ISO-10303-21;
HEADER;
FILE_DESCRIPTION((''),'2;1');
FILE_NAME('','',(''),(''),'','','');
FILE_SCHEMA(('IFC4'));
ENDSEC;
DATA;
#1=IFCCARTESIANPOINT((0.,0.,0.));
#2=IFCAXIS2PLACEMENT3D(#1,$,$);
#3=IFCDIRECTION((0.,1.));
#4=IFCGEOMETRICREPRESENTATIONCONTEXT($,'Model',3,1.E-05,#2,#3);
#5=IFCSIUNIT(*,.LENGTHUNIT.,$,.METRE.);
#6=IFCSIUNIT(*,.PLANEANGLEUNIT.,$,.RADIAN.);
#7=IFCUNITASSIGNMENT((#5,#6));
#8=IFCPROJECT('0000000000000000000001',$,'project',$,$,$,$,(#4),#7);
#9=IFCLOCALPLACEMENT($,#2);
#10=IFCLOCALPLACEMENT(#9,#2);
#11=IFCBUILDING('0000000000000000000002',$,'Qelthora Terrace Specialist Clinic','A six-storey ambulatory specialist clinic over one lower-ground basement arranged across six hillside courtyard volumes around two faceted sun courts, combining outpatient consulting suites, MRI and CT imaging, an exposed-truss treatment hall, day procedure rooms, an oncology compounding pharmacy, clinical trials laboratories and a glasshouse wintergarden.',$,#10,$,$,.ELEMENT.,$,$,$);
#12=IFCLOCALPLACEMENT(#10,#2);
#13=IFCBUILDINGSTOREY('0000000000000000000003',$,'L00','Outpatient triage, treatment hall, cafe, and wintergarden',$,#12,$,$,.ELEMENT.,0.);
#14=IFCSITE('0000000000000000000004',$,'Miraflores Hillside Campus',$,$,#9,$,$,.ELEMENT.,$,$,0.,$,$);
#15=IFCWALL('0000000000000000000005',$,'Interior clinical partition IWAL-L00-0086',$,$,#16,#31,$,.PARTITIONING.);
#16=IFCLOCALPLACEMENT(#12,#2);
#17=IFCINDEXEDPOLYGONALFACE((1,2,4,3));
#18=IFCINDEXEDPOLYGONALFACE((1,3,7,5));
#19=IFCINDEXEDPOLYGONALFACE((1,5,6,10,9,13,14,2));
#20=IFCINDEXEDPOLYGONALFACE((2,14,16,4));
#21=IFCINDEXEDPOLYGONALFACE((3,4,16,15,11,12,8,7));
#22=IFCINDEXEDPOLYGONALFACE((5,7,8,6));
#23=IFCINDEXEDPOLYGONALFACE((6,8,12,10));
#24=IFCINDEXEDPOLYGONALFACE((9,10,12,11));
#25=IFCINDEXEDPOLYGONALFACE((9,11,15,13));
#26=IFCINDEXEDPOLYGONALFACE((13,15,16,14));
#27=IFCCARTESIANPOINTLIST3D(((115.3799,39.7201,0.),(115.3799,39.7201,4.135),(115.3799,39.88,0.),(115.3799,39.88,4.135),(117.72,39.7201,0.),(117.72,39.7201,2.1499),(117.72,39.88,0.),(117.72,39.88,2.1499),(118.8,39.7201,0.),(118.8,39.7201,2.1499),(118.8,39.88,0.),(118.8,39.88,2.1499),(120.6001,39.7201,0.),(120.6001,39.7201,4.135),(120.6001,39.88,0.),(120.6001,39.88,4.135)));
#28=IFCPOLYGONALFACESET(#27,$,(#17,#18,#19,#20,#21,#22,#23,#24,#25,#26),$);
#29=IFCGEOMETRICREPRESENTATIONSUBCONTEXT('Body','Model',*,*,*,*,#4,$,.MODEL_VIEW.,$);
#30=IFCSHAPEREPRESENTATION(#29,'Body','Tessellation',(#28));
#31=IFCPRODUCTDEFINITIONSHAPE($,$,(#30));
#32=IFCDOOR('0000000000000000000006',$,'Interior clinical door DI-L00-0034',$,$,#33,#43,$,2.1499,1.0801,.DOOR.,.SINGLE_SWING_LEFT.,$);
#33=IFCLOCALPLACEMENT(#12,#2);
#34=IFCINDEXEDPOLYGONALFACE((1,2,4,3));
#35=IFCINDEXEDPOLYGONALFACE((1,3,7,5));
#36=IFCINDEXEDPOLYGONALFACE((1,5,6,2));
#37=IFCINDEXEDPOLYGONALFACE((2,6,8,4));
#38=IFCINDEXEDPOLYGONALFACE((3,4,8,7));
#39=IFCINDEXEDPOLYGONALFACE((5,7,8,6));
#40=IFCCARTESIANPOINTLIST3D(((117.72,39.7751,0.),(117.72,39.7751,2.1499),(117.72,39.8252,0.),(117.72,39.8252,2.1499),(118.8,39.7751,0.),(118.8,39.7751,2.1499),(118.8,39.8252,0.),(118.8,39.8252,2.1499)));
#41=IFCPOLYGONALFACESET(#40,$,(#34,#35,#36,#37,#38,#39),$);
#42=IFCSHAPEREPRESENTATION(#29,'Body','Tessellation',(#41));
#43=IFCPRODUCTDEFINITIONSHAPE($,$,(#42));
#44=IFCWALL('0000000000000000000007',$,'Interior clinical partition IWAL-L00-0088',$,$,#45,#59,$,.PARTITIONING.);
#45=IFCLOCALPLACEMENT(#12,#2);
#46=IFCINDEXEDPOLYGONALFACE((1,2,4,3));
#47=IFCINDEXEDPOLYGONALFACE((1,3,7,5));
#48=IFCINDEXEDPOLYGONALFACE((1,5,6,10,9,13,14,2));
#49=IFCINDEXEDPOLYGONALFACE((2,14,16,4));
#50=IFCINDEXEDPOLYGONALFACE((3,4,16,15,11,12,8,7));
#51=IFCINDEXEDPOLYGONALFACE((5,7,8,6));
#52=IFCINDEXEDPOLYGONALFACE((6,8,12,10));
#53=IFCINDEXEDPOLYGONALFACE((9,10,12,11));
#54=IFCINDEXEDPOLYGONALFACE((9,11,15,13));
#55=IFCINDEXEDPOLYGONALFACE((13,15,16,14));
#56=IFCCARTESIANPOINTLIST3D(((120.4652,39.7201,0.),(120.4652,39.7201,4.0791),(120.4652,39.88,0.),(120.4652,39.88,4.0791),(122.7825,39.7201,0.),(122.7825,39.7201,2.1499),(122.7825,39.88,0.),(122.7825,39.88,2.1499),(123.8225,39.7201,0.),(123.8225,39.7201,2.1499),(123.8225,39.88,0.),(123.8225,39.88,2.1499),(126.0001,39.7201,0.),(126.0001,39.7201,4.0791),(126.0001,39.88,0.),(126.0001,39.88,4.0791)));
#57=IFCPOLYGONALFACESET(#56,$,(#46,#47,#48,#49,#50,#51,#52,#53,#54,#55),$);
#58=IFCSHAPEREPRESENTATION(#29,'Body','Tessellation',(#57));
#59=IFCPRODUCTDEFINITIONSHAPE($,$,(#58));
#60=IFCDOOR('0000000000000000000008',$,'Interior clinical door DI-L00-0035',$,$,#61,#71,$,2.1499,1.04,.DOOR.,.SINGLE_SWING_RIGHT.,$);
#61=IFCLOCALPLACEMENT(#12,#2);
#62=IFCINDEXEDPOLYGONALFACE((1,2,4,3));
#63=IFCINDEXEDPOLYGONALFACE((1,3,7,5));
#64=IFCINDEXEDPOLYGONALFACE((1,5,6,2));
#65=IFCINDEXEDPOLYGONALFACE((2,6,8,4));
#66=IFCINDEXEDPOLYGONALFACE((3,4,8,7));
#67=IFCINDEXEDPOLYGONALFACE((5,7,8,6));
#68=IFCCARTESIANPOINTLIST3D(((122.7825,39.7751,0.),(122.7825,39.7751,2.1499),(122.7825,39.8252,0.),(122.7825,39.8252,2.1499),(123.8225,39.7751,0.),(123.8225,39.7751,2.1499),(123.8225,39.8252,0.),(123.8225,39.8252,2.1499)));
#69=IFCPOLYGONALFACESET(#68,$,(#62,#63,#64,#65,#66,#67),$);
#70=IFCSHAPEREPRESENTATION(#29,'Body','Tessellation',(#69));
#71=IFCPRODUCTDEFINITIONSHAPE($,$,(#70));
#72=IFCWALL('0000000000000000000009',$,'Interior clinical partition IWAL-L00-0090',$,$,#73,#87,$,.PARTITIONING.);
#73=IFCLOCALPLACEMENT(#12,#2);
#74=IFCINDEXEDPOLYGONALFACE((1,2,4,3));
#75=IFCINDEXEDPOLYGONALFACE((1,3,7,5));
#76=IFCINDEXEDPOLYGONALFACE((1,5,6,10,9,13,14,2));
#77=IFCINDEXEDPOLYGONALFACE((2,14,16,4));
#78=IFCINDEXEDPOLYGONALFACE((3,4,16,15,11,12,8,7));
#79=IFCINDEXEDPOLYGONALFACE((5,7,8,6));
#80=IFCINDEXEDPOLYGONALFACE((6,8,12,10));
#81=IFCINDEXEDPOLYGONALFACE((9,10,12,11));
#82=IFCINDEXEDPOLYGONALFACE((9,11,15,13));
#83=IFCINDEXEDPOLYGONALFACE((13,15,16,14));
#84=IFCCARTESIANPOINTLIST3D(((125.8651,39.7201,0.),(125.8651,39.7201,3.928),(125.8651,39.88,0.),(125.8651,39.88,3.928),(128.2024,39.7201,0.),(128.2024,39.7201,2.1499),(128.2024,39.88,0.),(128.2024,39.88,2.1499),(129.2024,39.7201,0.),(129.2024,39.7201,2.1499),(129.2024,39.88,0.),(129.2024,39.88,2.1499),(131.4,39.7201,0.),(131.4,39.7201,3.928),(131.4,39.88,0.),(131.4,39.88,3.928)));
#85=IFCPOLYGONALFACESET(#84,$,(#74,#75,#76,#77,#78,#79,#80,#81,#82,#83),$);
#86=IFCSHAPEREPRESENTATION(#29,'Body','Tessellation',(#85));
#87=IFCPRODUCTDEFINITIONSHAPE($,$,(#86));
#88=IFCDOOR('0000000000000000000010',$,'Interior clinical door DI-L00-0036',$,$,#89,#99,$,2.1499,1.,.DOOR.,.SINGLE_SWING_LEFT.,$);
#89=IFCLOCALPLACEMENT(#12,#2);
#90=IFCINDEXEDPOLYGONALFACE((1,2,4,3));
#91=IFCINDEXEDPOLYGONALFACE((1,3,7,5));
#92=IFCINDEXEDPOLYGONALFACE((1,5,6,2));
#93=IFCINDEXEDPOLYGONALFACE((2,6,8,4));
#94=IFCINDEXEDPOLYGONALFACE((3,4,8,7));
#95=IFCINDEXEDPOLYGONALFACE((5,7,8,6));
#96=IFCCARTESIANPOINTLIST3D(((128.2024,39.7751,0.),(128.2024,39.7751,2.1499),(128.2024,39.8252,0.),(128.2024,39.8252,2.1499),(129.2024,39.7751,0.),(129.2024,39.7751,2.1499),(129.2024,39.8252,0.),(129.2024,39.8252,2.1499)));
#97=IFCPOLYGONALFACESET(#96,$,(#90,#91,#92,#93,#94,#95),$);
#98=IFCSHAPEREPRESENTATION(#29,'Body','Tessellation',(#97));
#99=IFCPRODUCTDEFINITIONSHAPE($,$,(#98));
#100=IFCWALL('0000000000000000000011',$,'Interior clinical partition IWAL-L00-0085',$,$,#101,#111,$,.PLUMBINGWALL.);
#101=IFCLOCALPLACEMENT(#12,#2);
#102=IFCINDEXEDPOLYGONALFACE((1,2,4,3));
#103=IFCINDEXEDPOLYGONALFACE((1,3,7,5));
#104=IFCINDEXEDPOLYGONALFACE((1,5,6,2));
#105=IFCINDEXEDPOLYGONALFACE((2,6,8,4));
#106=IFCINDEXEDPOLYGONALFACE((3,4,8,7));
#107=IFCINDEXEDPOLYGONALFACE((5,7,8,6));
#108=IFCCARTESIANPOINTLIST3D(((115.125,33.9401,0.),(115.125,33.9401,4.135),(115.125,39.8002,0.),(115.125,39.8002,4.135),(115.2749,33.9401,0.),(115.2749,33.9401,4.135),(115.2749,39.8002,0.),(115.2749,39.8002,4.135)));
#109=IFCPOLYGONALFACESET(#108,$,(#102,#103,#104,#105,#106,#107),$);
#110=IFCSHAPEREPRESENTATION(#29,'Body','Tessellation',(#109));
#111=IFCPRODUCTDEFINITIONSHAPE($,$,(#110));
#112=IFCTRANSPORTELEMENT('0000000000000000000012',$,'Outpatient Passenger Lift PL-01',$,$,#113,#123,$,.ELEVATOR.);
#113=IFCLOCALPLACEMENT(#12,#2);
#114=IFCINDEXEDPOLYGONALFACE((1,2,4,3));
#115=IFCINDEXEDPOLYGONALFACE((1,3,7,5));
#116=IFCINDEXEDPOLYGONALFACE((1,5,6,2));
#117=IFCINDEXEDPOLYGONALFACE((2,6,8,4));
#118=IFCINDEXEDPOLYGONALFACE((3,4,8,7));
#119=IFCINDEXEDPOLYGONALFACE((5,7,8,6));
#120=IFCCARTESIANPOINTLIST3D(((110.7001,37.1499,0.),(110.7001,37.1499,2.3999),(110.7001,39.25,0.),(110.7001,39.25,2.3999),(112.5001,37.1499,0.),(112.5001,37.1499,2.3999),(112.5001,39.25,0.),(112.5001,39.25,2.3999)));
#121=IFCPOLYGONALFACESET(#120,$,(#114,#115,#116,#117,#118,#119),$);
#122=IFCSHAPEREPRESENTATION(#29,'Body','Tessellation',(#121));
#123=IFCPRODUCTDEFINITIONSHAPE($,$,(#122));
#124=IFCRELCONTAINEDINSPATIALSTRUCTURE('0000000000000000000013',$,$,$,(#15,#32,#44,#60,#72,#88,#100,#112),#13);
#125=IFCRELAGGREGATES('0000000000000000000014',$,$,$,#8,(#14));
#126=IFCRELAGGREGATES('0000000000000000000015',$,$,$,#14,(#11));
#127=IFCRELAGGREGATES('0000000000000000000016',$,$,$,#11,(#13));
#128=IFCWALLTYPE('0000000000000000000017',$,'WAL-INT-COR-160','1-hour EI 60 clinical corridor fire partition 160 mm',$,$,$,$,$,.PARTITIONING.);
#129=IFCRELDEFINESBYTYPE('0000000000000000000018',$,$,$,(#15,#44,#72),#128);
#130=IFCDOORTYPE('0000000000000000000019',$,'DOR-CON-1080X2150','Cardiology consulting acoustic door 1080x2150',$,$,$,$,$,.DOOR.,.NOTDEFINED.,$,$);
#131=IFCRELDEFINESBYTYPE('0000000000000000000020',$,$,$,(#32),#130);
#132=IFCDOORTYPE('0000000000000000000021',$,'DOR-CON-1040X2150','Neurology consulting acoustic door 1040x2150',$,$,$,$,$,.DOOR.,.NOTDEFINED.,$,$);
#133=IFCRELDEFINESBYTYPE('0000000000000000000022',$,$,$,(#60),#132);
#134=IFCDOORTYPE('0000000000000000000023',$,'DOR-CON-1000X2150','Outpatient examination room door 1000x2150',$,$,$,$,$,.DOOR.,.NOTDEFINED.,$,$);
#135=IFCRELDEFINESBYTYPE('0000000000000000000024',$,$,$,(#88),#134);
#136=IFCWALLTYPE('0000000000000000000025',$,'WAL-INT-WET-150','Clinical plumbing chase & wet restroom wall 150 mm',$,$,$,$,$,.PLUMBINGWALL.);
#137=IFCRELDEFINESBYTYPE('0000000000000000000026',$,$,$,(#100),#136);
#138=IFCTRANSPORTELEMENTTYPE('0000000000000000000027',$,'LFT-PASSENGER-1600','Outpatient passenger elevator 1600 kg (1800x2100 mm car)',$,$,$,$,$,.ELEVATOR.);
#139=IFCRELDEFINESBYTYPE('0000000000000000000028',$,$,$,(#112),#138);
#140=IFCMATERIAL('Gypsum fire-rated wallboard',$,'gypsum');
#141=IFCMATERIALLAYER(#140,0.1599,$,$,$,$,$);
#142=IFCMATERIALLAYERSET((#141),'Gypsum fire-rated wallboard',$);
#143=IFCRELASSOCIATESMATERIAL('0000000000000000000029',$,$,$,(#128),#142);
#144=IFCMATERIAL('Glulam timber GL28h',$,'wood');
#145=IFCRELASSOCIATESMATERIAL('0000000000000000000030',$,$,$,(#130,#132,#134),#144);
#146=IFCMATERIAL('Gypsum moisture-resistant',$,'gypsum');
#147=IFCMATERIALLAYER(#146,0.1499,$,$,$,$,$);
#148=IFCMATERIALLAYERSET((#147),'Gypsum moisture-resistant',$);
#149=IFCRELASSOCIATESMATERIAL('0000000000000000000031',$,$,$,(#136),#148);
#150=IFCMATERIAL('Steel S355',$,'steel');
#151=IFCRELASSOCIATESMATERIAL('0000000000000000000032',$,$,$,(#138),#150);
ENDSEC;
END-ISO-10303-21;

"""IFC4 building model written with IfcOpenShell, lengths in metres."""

from ifc_helpers import new_model, si_unit, direction, frame, frame_2d, origin, origin_2d, place, context, subcontext, project, spatial, rectangle, extrude, material, layer, layer_set, type_object, element, fill, save


model = new_model("IFC4")

# Units and contexts
model_context = context("Model", 3, precision=1e-05, world=origin(), true_north=direction((0.0, 1.0)))
body_context = subcontext(model_context, "Body", "Model", "MODEL_VIEW")
ifc_project = project(units=[si_unit("LENGTHUNIT", "METRE"), si_unit("PLANEANGLEUNIT", "RADIAN")], contexts=[model_context])

# Site, building, storey
site_placement = place(None, origin())
site = spatial("IfcSite", under=ifc_project, at=site_placement, Name="Miraflores Hillside Campus", CompositionType="ELEMENT", RefElevation=0.0)
building_placement = place(site_placement, origin())
building = spatial("IfcBuilding", under=site, at=building_placement, Name="Qelthora Terrace Specialist Clinic", Description="A six-storey ambulatory specialist clinic over one lower-ground basement arranged across six hillside courtyard volumes around two faceted sun courts, combining outpatient consulting suites, MRI and CT imaging, an exposed-truss treatment hall, day procedure rooms, an oncology compounding pharmacy, clinical trials laboratories and a glasshouse wintergarden.", CompositionType="ELEMENT")
storey_placement = place(building_placement, origin())
storey = spatial("IfcBuildingStorey", under=building, at=storey_placement, Name="L00", Description="Outpatient triage, treatment hall, cafe, and wintergarden", CompositionType="ELEMENT", Elevation=0.0)

# Shared definitions
ifc_material_1 = material(Name="Steel S355", Category="steel")

# Walls, openings, doors
ifc_material_2 = material(Name="Gypsum fire-rated wallboard", Category="gypsum")
ifc_layer_1 = layer(ifc_material_2, 0.1599)
ifc_layer_set_1 = layer_set([ifc_layer_1], Name="Gypsum fire-rated wallboard")
wall_type_1 = type_object("IfcWallType", Name="WAL-INT-COR-160", Description="1-hour EI 60 clinical corridor fire partition 160 mm", PredefinedType="PARTITIONING", material=ifc_layer_set_1)
wall_1_placement = place(storey_placement, frame((115.3799, 39.8, 0.0), z_axis=(0.0, 0.0, 1.0), x_axis=(1.0, 0.0, 0.0)))
wall_1 = element("IfcWall", 1, at=wall_1_placement, inside=storey, type_object=wall_type_1, Name="Interior clinical partition IWAL-L00-0086", PredefinedType="PARTITIONING", context=body_context, shape_type="SweptSolid", body=[
    extrude(rectangle(XDim=5.2202, YDim=0.1599, at=frame_2d((2.6101, 0.0))), origin(), (0.0, 0.0, 1.0), 4.135),
])
opening_1_placement = place(wall_1_placement, frame((2.3401, 0.0, 0.0)))
opening_1 = element("IfcOpeningElement", 2, at=opening_1_placement, cuts=wall_1, PredefinedType="OPENING", context=body_context, shape_type="SweptSolid", body=[
    extrude(rectangle(XDim=1.0801, YDim=2.1499, at=frame_2d((0.54, 1.075))), frame((0.0, 0.0898, 0.0), z_axis=(0.0, -1.0, 0.0), x_axis=(1.0, 0.0, 0.0)), (0.0, 0.0, 1.0), 0.1799),
])
ifc_material_3 = material(Name="Glulam timber GL28h", Category="wood")
door_type_1 = type_object("IfcDoorType", Name="DOR-CON-1080X2150", Description="Cardiology consulting acoustic door 1080x2150", OperationType="NOTDEFINED", PredefinedType="DOOR", material=ifc_material_3)
door_1_placement = place(opening_1_placement, frame((1.0801, 0.0, 0.0), z_axis=(0.0, 0.0, 1.0), x_axis=(-1.0, 0.0, 0.0)))
door_1 = element("IfcDoor", 3, at=door_1_placement, inside=storey, type_object=door_type_1, Name="Interior clinical door DI-L00-0034", OperationType="SINGLE_SWING_LEFT", OverallHeight=2.1499, OverallWidth=1.0801, PredefinedType="DOOR", context=body_context, shape_type="SweptSolid", body=[
    extrude(rectangle(XDim=1.0801, YDim=2.1499, at=frame_2d((0.54, 1.075))), frame((0.0, 0.0249, 0.0), z_axis=(0.0, -1.0, 0.0), x_axis=(1.0, 0.0, 0.0)), (0.0, 0.0, 1.0), 0.05),
])
fill(opening_1, door_1)
wall_2_placement = place(storey_placement, frame((120.4651, 39.8, 0.0), z_axis=(0.0, 0.0, 1.0), x_axis=(1.0, 0.0, 0.0)))
wall_2 = element("IfcWall", 4, at=wall_2_placement, inside=storey, type_object=wall_type_1, Name="Interior clinical partition IWAL-L00-0088", PredefinedType="PARTITIONING", context=body_context, shape_type="SweptSolid", body=[
    extrude(rectangle(XDim=5.5349, YDim=0.1599, at=frame_2d((2.7676, 0.0))), origin(), (0.0, 0.0, 1.0), 4.0791),
])
opening_2_placement = place(wall_2_placement, frame((2.3174, 0.0, 0.0)))
opening_2 = element("IfcOpeningElement", 5, at=opening_2_placement, cuts=wall_2, PredefinedType="OPENING", context=body_context, shape_type="SweptSolid", body=[
    extrude(rectangle(XDim=1.04, YDim=2.1499, at=frame_2d((0.52, 1.075))), frame((0.0, 0.0898, 0.0), z_axis=(0.0, -1.0, 0.0), x_axis=(1.0, 0.0, 0.0)), (0.0, 0.0, 1.0), 0.1799),
])
door_type_2 = type_object("IfcDoorType", Name="DOR-CON-1040X2150", Description="Neurology consulting acoustic door 1040x2150", OperationType="NOTDEFINED", PredefinedType="DOOR", material=ifc_material_3)
door_2_placement = place(opening_2_placement, frame((1.04, 0.0, 0.0), z_axis=(0.0, 0.0, 1.0), x_axis=(-1.0, 0.0, 0.0)))
door_2 = element("IfcDoor", 6, at=door_2_placement, inside=storey, type_object=door_type_2, Name="Interior clinical door DI-L00-0035", OperationType="SINGLE_SWING_RIGHT", OverallHeight=2.1499, OverallWidth=1.04, PredefinedType="DOOR", context=body_context, shape_type="SweptSolid", body=[
    extrude(rectangle(XDim=1.04, YDim=2.1499, at=frame_2d((0.52, 1.075))), frame((0.0, 0.0249, 0.0), z_axis=(0.0, -1.0, 0.0), x_axis=(1.0, 0.0, 0.0)), (0.0, 0.0, 1.0), 0.05),
])
fill(opening_2, door_2)
wall_3_placement = place(storey_placement, frame((125.865, 39.8, 0.0), z_axis=(0.0, 0.0, 1.0), x_axis=(1.0, 0.0, 0.0)))
wall_3 = element("IfcWall", 7, at=wall_3_placement, inside=storey, type_object=wall_type_1, Name="Interior clinical partition IWAL-L00-0090", PredefinedType="PARTITIONING", context=body_context, shape_type="SweptSolid", body=[
    extrude(rectangle(XDim=5.5349, YDim=0.1599, at=frame_2d((2.7676, 0.0))), origin(), (0.0, 0.0, 1.0), 3.928),
])
opening_3_placement = place(wall_3_placement, frame((2.3374, 0.0, 0.0)))
opening_3 = element("IfcOpeningElement", 8, at=opening_3_placement, cuts=wall_3, PredefinedType="OPENING", context=body_context, shape_type="SweptSolid", body=[
    extrude(rectangle(XDim=1.0, YDim=2.1499, at=frame_2d((0.5, 1.075))), frame((0.0, 0.0898, 0.0), z_axis=(0.0, -1.0, 0.0), x_axis=(1.0, 0.0, 0.0)), (0.0, 0.0, 1.0), 0.1799),
])
door_type_3 = type_object("IfcDoorType", Name="DOR-CON-1000X2150", Description="Outpatient examination room door 1000x2150", OperationType="NOTDEFINED", PredefinedType="DOOR", material=ifc_material_3)
door_3_placement = place(opening_3_placement, frame((1.0, 0.0, 0.0), z_axis=(0.0, 0.0, 1.0), x_axis=(-1.0, 0.0, 0.0)))
door_3 = element("IfcDoor", 9, at=door_3_placement, inside=storey, type_object=door_type_3, Name="Interior clinical door DI-L00-0036", OperationType="SINGLE_SWING_LEFT", OverallHeight=2.1499, OverallWidth=1.0, PredefinedType="DOOR", context=body_context, shape_type="SweptSolid", body=[
    extrude(rectangle(XDim=1.0, YDim=2.1499, at=frame_2d((0.5, 1.075))), frame((0.0, 0.0249, 0.0), z_axis=(0.0, -1.0, 0.0), x_axis=(1.0, 0.0, 0.0)), (0.0, 0.0, 1.0), 0.05),
])
fill(opening_3, door_3)

# Wall
ifc_material_4 = material(Name="Gypsum moisture-resistant", Category="gypsum")
ifc_layer_2 = layer(ifc_material_4, 0.1499)
ifc_layer_set_2 = layer_set([ifc_layer_2], Name="Gypsum moisture-resistant")
wall_type_2 = type_object("IfcWallType", Name="WAL-INT-WET-150", Description="Clinical plumbing chase & wet restroom wall 150 mm", PredefinedType="PLUMBINGWALL", material=ifc_layer_set_2)
wall_4_placement = place(storey_placement, frame((115.2, 33.9399, 0.0), z_axis=(0.0, 0.0, 1.0), x_axis=(0.0, 1.0, 0.0)))
element("IfcWall", 10, at=wall_4_placement, inside=storey, type_object=wall_type_2, Name="Interior clinical partition IWAL-L00-0085", PredefinedType="PLUMBINGWALL", context=body_context, shape_type="SweptSolid", body=[
    extrude(rectangle(XDim=5.8601, YDim=0.1499, at=frame_2d((2.9302, 0.0))), origin(), (0.0, 0.0, 1.0), 4.135),
])

# Transport element
transport_element_type = type_object("IfcTransportElementType", Name="LFT-PASSENGER-1600", Description="Outpatient passenger elevator 1600 kg (1800x2100 mm car)", PredefinedType="ELEVATOR", material=ifc_material_1)
transport_element_placement = place(storey_placement, frame((111.6001, 38.2, 0.0), z_axis=(0.0, 0.0, 1.0), x_axis=(1.0, 0.0, 0.0)))
element("IfcTransportElement", 11, at=transport_element_placement, inside=storey, type_object=transport_element_type, Name="Outpatient Passenger Lift PL-01", PredefinedType="ELEVATOR", context=body_context, shape_type="SweptSolid", body=[
    extrude(rectangle(XDim=1.8, YDim=2.1001, at=origin_2d()), origin(), (0.0, 0.0, 1.0), 2.3999),
])

save(model, "model.ifc")
